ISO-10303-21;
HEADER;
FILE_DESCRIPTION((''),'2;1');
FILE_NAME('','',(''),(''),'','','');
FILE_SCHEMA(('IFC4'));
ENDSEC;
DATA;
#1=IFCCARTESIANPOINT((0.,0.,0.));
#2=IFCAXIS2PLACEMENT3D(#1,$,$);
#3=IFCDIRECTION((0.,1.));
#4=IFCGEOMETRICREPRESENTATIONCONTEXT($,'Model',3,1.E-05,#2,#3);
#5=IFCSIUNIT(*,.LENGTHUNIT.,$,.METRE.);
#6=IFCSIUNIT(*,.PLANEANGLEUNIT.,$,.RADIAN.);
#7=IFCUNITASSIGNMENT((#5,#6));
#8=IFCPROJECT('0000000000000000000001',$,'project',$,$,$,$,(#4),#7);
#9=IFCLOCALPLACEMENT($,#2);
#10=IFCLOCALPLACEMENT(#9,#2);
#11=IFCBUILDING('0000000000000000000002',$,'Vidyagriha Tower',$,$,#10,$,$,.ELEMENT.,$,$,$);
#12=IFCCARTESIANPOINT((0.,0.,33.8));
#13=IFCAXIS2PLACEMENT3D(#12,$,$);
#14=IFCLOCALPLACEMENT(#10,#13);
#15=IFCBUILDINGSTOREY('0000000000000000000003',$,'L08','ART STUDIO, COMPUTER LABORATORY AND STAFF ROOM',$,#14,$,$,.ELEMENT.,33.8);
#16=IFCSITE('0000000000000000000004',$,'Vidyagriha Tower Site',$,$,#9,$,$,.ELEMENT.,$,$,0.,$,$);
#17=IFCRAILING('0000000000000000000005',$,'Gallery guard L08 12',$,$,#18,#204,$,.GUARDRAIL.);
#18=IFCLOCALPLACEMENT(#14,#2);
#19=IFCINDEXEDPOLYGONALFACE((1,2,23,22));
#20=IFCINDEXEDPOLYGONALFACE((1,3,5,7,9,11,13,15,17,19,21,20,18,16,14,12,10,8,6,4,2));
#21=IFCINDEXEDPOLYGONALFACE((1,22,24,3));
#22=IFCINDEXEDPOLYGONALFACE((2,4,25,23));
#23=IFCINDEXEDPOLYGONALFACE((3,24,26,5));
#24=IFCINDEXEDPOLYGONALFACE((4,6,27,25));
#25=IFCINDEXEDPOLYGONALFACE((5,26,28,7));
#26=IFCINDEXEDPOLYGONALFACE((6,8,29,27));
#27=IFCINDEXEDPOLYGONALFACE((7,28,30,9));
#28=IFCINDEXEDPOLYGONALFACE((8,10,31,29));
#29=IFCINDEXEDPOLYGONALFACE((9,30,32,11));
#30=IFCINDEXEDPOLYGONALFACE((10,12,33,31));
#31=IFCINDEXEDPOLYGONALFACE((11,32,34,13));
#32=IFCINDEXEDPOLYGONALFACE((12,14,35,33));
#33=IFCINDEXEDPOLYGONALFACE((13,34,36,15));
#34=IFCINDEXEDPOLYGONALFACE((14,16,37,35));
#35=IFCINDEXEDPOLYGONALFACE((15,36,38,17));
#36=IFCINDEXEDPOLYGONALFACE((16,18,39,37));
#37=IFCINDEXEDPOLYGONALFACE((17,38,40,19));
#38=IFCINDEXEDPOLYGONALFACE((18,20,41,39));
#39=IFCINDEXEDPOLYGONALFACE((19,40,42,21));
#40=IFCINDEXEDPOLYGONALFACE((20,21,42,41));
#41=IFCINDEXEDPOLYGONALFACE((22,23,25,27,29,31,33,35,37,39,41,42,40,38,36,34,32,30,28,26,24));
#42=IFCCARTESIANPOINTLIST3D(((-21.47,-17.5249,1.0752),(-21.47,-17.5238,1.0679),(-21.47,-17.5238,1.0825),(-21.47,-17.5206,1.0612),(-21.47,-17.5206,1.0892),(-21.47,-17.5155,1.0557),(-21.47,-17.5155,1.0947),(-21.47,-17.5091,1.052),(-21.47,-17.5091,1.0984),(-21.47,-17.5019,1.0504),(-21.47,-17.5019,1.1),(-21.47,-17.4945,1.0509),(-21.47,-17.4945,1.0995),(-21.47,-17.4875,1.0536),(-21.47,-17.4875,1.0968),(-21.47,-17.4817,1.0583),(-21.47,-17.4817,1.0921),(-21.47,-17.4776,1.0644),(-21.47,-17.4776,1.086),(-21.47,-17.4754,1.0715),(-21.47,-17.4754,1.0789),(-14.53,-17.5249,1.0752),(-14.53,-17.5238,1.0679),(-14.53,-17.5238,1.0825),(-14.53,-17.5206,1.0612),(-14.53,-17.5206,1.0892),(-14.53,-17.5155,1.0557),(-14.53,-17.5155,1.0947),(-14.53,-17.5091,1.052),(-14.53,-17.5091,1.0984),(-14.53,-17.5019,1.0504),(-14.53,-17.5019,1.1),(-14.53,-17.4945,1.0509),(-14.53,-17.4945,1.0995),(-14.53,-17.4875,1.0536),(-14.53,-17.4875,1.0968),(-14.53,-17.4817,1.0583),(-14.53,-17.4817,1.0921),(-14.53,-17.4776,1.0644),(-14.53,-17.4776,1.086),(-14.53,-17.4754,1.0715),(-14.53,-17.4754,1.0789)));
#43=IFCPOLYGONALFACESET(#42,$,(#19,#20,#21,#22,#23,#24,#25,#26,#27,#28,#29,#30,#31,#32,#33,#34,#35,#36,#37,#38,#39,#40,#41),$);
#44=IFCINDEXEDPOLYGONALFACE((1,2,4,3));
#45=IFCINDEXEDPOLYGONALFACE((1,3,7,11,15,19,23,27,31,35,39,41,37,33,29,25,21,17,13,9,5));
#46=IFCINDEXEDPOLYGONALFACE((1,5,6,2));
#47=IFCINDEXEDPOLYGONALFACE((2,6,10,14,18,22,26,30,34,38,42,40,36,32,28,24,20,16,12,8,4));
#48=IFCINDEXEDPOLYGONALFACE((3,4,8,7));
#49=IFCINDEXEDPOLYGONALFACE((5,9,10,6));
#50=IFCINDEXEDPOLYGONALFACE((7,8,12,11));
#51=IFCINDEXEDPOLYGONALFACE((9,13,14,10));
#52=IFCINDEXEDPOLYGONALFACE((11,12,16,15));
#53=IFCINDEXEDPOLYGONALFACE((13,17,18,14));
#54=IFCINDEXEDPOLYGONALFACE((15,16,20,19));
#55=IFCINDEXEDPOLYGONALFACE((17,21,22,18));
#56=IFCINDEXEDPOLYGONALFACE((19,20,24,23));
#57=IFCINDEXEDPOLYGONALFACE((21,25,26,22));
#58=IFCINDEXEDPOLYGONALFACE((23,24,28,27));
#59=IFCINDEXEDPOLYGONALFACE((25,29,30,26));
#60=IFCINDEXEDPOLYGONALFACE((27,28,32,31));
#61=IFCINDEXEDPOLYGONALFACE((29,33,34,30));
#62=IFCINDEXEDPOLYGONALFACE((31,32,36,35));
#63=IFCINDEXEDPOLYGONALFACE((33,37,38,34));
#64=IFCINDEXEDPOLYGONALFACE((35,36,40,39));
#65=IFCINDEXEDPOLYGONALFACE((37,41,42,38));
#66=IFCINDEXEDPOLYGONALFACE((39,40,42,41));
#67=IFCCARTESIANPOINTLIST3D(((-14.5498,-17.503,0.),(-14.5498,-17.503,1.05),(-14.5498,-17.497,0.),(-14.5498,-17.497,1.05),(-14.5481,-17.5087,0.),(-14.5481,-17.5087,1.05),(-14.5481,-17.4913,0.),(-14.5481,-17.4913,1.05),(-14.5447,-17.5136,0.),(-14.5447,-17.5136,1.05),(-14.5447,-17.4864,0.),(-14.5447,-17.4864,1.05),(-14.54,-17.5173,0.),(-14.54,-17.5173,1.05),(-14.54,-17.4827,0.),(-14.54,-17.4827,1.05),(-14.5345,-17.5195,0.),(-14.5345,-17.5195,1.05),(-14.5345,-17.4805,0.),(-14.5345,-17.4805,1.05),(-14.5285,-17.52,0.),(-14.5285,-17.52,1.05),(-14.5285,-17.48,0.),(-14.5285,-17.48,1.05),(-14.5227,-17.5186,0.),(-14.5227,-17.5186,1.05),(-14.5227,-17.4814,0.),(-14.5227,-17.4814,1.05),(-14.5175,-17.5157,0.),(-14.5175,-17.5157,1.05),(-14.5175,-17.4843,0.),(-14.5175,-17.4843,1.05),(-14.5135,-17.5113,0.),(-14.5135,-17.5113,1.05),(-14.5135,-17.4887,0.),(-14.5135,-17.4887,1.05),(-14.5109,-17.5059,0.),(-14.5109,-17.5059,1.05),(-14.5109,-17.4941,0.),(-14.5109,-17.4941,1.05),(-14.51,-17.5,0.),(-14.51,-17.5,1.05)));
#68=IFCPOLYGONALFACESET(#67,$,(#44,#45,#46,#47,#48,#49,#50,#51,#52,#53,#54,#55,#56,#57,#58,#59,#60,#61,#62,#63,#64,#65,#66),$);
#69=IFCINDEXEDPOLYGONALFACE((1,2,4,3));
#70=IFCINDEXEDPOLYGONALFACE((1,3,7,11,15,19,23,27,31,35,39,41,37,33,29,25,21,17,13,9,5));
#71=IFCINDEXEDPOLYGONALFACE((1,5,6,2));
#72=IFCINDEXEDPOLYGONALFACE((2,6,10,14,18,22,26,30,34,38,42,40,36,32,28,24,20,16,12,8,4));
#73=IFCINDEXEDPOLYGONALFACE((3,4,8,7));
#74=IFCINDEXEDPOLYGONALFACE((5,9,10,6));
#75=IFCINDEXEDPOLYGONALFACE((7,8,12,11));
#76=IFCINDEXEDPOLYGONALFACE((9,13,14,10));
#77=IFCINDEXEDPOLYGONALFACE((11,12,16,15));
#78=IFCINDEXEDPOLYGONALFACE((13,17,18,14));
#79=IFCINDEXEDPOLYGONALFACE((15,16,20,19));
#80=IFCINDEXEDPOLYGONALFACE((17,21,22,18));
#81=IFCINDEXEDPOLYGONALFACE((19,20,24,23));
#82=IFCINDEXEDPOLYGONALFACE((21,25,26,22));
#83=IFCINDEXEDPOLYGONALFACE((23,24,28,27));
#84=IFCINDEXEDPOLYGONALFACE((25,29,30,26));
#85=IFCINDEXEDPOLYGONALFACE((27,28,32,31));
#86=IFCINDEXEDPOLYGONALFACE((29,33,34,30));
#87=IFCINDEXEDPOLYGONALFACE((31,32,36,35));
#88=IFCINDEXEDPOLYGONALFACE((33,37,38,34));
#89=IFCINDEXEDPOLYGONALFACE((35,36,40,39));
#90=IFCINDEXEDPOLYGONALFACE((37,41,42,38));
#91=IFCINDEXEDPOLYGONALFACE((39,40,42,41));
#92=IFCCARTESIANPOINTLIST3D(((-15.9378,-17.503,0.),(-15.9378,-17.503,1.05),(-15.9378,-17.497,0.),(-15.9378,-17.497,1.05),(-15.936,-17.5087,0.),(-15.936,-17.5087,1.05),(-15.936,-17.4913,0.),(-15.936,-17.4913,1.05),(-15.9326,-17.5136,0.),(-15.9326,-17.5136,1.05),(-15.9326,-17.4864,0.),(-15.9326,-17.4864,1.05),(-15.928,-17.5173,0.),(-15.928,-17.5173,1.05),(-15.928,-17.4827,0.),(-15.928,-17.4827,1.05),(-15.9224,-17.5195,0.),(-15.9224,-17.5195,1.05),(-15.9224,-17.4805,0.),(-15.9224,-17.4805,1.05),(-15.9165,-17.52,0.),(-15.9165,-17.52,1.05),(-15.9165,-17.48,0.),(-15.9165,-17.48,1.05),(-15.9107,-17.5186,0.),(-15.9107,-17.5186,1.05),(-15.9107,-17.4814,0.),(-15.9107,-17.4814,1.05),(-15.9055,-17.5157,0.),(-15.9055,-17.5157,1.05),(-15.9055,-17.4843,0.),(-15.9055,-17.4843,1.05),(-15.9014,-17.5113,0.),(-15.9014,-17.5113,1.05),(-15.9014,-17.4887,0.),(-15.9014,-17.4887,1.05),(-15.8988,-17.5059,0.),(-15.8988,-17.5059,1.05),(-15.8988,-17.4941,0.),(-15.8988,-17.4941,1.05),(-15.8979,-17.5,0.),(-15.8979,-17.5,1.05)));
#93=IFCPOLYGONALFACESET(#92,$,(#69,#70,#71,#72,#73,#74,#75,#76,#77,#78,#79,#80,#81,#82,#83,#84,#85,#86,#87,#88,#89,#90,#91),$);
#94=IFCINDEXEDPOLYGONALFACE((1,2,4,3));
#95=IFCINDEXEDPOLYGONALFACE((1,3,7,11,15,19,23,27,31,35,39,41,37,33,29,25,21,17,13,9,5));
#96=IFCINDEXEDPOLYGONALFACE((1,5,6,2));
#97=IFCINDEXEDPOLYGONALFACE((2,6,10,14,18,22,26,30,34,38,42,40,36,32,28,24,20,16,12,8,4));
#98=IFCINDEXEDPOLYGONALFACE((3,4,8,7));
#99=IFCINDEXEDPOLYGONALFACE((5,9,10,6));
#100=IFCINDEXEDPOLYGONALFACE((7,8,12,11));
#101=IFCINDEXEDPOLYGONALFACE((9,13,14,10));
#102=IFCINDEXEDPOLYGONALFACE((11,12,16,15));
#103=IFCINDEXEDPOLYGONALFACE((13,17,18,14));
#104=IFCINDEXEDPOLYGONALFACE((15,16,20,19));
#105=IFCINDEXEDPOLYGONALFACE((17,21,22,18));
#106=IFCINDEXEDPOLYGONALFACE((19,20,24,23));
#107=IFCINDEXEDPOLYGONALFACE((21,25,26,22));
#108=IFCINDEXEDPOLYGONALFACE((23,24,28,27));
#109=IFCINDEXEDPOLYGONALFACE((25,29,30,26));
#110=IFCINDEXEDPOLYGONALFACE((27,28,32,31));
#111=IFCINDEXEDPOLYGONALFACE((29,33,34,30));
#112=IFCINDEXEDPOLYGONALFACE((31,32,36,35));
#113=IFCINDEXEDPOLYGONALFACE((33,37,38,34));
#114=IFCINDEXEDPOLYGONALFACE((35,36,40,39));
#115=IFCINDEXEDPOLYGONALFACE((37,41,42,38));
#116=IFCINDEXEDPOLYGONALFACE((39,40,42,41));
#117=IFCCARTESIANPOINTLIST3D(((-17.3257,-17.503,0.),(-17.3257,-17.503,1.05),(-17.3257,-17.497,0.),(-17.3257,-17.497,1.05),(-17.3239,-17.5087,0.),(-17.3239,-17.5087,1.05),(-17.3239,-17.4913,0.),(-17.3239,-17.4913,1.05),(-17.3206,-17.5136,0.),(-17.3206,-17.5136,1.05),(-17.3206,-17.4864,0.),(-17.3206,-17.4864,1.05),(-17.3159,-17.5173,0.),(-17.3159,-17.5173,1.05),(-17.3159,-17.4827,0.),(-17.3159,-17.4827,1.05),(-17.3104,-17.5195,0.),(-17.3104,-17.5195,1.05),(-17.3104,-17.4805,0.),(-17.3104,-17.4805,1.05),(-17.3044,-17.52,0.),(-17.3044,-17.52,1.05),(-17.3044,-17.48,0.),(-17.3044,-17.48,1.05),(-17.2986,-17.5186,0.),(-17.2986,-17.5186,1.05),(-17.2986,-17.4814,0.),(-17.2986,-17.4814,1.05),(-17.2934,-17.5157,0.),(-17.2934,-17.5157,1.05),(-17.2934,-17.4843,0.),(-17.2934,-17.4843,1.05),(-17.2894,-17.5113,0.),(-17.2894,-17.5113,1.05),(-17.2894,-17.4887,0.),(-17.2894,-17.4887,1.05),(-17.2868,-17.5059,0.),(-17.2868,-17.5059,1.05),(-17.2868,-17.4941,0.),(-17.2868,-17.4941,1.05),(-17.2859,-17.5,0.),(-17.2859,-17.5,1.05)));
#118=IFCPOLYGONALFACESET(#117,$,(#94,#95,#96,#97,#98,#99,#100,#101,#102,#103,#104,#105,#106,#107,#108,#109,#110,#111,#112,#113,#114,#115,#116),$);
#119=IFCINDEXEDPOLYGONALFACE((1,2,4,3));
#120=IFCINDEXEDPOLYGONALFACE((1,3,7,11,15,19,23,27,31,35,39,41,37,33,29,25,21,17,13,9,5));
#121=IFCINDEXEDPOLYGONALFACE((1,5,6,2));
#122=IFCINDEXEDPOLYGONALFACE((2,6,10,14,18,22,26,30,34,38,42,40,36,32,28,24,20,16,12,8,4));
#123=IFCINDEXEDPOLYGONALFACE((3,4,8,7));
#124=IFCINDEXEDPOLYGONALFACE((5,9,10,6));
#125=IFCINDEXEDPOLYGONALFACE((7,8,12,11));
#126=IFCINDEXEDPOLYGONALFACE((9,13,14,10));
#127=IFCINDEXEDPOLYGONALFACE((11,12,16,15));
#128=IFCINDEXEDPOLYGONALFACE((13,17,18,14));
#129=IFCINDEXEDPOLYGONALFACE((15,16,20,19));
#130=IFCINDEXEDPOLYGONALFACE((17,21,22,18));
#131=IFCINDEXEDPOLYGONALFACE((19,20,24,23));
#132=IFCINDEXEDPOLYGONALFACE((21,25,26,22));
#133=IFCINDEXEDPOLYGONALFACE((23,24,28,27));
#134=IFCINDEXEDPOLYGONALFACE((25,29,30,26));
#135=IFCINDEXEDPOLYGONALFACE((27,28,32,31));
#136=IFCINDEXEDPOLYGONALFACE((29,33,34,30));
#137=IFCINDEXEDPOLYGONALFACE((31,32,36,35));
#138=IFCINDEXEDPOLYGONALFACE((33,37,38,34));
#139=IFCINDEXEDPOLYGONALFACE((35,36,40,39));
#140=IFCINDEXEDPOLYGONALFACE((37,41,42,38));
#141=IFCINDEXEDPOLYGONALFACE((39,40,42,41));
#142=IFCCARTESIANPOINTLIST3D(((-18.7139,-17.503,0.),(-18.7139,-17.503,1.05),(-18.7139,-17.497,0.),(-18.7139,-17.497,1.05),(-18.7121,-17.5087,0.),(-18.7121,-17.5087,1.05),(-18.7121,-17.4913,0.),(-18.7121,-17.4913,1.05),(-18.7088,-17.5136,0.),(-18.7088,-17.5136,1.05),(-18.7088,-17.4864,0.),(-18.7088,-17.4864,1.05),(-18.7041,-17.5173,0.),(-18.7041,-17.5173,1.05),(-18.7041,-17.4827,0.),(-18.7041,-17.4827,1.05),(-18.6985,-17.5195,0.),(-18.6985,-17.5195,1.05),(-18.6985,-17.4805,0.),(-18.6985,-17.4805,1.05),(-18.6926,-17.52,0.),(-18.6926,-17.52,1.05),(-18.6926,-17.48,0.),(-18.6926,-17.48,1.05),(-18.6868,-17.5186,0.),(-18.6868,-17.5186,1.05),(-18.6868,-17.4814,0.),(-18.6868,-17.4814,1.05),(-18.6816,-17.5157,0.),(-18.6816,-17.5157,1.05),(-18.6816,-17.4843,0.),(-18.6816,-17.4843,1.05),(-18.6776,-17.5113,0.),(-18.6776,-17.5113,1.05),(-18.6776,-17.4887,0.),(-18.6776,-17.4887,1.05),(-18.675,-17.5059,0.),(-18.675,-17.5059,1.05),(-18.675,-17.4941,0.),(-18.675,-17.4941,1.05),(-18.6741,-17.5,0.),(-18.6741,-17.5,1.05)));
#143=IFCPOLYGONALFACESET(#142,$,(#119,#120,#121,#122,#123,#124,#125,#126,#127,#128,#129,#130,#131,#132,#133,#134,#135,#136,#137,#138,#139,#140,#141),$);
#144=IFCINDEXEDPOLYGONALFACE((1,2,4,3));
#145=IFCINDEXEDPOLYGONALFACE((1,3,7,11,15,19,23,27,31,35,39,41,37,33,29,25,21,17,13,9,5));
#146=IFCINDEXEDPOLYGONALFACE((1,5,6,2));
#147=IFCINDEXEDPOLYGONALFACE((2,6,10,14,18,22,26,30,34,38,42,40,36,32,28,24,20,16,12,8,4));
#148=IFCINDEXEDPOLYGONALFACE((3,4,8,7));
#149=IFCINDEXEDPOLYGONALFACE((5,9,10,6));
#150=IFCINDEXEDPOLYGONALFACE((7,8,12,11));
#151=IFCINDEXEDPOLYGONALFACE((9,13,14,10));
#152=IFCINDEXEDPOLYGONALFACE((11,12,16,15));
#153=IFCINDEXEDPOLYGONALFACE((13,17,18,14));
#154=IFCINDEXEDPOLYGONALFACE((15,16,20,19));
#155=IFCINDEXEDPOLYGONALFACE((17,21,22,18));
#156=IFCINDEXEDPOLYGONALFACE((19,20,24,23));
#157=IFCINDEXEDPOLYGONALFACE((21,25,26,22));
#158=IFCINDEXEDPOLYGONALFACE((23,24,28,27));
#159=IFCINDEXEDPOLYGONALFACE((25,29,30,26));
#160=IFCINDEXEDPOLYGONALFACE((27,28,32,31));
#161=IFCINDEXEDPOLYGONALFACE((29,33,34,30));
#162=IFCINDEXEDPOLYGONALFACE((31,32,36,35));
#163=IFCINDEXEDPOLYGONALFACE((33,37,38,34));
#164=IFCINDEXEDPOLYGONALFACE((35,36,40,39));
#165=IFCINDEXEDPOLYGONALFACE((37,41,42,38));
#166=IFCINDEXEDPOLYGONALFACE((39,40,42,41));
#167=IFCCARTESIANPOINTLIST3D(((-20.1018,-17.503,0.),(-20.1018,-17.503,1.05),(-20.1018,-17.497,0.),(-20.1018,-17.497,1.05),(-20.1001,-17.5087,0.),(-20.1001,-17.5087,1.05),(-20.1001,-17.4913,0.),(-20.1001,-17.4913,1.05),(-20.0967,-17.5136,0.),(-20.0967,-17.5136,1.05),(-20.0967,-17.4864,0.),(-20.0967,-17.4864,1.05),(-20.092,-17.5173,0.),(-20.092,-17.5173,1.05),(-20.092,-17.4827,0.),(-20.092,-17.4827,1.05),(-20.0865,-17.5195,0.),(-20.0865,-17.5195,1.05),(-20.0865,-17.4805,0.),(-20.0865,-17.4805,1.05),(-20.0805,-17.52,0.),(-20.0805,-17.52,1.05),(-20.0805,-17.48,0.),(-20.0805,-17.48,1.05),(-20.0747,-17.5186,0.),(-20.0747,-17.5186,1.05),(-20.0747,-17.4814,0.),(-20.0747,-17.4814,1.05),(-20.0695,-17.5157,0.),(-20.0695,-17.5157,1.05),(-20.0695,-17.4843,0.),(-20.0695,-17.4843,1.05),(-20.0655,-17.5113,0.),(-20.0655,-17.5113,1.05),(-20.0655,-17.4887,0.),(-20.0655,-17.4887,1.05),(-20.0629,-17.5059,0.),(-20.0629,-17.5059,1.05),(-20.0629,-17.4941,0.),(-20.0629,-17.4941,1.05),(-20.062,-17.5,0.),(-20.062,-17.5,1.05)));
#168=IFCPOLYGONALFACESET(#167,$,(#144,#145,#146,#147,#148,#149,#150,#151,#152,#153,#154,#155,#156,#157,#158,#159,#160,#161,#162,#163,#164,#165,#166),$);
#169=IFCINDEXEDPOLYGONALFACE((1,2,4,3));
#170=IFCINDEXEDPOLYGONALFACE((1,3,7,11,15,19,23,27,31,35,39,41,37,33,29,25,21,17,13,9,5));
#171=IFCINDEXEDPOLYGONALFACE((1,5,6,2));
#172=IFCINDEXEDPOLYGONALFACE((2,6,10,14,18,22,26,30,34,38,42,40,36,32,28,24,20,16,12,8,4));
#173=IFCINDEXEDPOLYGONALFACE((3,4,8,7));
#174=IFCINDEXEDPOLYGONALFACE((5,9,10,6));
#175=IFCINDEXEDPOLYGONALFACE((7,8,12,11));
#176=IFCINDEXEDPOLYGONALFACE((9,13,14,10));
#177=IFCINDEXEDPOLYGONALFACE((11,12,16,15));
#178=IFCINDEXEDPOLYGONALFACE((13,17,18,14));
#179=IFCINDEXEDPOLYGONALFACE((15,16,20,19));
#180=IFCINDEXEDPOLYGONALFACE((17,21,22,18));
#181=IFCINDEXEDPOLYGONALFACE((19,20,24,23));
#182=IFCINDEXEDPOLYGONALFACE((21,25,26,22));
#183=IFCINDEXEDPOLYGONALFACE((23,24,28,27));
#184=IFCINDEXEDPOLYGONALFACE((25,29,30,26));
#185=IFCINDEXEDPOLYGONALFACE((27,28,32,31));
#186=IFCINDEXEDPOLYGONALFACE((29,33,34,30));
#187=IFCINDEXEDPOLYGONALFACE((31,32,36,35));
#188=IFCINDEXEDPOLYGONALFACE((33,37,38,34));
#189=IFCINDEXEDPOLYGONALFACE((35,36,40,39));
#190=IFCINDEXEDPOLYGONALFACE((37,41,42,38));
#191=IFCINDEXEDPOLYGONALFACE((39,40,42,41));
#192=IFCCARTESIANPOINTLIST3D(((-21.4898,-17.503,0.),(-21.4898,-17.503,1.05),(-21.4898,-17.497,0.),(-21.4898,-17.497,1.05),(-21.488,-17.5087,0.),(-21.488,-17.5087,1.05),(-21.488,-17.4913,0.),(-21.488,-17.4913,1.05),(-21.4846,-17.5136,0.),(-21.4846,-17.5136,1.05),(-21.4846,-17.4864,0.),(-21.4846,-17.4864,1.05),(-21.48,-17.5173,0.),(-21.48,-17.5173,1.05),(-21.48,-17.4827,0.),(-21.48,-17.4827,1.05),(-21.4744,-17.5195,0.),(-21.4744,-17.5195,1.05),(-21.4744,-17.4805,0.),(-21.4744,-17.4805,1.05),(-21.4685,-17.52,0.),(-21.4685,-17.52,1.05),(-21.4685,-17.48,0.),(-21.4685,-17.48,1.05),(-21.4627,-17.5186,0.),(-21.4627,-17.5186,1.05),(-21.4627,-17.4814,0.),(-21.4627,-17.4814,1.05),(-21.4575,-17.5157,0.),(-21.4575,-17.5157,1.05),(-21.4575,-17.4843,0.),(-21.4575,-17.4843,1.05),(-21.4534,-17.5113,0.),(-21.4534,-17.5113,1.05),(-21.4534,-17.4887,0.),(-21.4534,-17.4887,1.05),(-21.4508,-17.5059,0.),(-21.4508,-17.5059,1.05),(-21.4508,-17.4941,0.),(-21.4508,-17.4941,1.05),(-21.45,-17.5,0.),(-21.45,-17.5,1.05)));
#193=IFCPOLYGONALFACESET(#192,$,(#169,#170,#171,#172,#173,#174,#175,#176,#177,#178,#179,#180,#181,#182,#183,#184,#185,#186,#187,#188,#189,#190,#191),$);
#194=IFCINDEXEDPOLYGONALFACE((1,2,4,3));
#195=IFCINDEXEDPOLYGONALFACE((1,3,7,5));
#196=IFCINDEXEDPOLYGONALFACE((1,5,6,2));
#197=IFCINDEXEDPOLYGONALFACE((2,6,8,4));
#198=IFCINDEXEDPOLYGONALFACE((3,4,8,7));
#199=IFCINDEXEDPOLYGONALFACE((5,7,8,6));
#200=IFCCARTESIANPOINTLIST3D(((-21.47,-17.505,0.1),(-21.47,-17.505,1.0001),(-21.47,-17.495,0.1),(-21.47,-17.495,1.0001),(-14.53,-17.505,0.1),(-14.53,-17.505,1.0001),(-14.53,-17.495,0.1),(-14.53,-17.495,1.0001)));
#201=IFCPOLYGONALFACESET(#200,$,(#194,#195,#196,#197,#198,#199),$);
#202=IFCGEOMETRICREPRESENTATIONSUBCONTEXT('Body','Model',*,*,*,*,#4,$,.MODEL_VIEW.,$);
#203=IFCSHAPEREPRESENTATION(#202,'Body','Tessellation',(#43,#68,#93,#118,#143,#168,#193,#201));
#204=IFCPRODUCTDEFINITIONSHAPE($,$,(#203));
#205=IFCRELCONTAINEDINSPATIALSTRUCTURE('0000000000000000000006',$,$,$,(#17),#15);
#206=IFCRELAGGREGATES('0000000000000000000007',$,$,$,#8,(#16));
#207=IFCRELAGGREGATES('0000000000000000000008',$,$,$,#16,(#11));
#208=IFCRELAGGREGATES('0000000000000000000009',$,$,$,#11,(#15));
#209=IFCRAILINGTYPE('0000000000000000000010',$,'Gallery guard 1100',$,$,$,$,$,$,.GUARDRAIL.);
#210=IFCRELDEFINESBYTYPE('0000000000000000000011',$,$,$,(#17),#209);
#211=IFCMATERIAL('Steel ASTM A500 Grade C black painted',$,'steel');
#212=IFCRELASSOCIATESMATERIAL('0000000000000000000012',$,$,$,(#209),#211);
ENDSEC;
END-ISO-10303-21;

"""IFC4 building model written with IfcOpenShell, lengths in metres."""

from ifc_helpers import new_model, si_unit, direction, frame, origin, origin_2d, place, context, subcontext, project, spatial, rectangle, circle, extrude, material, type_object, element, save


model = new_model("IFC4")

# Units and contexts
model_context = context("Model", 3, precision=1e-05, world=origin(), true_north=direction((0.0, 1.0)))
body_context = subcontext(model_context, "Body", "Model", "MODEL_VIEW")
ifc_project = project(units=[si_unit("LENGTHUNIT", "METRE"), si_unit("PLANEANGLEUNIT", "RADIAN")], contexts=[model_context])

# Site, building, storey
site_placement = place(None, origin())
site = spatial("IfcSite", under=ifc_project, at=site_placement, Name="Vidyagriha Tower Site", CompositionType="ELEMENT", RefElevation=0.0)
building_placement = place(site_placement, origin())
building = spatial("IfcBuilding", under=site, at=building_placement, Name="Vidyagriha Tower", CompositionType="ELEMENT")
storey_placement = place(building_placement, frame((0.0, 0.0, 33.8)))
storey = spatial("IfcBuildingStorey", under=building, at=storey_placement, Name="L08", Description="ART STUDIO, COMPUTER LABORATORY AND STAFF ROOM", CompositionType="ELEMENT", Elevation=33.8)

# Railing
ifc_material_1 = material(Name="Steel ASTM A500 Grade C black painted", Category="steel")
railing_type = type_object("IfcRailingType", Name="Gallery guard 1100", PredefinedType="GUARDRAIL", material=ifc_material_1)
for number, where, name in (
    (1, (-14.53, -17.5, 0.0), "Gallery guard L08 12"),
):
    element("IfcRailing", number, at=place(storey_placement, frame(where)), inside=storey, type_object=railing_type, Name=name, PredefinedType="GUARDRAIL", context=body_context, shape_type="SweptSolid", body=[
        extrude(circle(Radius=0.0249, at=origin_2d()), frame((0.0, 0.0, 1.0752), z_axis=(-1.0, 0.0, 0.0), x_axis=(0.0, -1.0, 0.0)), (0.0, 0.0, 1.0), 6.9399),
        extrude(circle(Radius=0.02, at=origin_2d()), origin(), (0.0, 0.0, 1.0), 1.05),
        extrude(circle(Radius=0.02, at=origin_2d()), frame((-1.3879, 0.0, 0.0)), (0.0, 0.0, 1.0), 1.05),
        extrude(circle(Radius=0.02, at=origin_2d()), frame((-2.7759, 0.0, 0.0)), (0.0, 0.0, 1.0), 1.05),
        extrude(circle(Radius=0.02, at=origin_2d()), frame((-4.1641, 0.0, 0.0)), (0.0, 0.0, 1.0), 1.05),
        extrude(circle(Radius=0.02, at=origin_2d()), frame((-5.552, 0.0, 0.0)), (0.0, 0.0, 1.0), 1.05),
        extrude(circle(Radius=0.02, at=origin_2d()), frame((-6.9399, 0.0, 0.0)), (0.0, 0.0, 1.0), 1.05),
        extrude(rectangle(XDim=0.01, YDim=0.9001, at=origin_2d()), frame((0.0, 0.0, 0.55), z_axis=(-1.0, 0.0, 0.0), x_axis=(0.0, -1.0, 0.0)), (0.0, 0.0, 1.0), 6.9399),
    ])

save(model, "model.ifc")
